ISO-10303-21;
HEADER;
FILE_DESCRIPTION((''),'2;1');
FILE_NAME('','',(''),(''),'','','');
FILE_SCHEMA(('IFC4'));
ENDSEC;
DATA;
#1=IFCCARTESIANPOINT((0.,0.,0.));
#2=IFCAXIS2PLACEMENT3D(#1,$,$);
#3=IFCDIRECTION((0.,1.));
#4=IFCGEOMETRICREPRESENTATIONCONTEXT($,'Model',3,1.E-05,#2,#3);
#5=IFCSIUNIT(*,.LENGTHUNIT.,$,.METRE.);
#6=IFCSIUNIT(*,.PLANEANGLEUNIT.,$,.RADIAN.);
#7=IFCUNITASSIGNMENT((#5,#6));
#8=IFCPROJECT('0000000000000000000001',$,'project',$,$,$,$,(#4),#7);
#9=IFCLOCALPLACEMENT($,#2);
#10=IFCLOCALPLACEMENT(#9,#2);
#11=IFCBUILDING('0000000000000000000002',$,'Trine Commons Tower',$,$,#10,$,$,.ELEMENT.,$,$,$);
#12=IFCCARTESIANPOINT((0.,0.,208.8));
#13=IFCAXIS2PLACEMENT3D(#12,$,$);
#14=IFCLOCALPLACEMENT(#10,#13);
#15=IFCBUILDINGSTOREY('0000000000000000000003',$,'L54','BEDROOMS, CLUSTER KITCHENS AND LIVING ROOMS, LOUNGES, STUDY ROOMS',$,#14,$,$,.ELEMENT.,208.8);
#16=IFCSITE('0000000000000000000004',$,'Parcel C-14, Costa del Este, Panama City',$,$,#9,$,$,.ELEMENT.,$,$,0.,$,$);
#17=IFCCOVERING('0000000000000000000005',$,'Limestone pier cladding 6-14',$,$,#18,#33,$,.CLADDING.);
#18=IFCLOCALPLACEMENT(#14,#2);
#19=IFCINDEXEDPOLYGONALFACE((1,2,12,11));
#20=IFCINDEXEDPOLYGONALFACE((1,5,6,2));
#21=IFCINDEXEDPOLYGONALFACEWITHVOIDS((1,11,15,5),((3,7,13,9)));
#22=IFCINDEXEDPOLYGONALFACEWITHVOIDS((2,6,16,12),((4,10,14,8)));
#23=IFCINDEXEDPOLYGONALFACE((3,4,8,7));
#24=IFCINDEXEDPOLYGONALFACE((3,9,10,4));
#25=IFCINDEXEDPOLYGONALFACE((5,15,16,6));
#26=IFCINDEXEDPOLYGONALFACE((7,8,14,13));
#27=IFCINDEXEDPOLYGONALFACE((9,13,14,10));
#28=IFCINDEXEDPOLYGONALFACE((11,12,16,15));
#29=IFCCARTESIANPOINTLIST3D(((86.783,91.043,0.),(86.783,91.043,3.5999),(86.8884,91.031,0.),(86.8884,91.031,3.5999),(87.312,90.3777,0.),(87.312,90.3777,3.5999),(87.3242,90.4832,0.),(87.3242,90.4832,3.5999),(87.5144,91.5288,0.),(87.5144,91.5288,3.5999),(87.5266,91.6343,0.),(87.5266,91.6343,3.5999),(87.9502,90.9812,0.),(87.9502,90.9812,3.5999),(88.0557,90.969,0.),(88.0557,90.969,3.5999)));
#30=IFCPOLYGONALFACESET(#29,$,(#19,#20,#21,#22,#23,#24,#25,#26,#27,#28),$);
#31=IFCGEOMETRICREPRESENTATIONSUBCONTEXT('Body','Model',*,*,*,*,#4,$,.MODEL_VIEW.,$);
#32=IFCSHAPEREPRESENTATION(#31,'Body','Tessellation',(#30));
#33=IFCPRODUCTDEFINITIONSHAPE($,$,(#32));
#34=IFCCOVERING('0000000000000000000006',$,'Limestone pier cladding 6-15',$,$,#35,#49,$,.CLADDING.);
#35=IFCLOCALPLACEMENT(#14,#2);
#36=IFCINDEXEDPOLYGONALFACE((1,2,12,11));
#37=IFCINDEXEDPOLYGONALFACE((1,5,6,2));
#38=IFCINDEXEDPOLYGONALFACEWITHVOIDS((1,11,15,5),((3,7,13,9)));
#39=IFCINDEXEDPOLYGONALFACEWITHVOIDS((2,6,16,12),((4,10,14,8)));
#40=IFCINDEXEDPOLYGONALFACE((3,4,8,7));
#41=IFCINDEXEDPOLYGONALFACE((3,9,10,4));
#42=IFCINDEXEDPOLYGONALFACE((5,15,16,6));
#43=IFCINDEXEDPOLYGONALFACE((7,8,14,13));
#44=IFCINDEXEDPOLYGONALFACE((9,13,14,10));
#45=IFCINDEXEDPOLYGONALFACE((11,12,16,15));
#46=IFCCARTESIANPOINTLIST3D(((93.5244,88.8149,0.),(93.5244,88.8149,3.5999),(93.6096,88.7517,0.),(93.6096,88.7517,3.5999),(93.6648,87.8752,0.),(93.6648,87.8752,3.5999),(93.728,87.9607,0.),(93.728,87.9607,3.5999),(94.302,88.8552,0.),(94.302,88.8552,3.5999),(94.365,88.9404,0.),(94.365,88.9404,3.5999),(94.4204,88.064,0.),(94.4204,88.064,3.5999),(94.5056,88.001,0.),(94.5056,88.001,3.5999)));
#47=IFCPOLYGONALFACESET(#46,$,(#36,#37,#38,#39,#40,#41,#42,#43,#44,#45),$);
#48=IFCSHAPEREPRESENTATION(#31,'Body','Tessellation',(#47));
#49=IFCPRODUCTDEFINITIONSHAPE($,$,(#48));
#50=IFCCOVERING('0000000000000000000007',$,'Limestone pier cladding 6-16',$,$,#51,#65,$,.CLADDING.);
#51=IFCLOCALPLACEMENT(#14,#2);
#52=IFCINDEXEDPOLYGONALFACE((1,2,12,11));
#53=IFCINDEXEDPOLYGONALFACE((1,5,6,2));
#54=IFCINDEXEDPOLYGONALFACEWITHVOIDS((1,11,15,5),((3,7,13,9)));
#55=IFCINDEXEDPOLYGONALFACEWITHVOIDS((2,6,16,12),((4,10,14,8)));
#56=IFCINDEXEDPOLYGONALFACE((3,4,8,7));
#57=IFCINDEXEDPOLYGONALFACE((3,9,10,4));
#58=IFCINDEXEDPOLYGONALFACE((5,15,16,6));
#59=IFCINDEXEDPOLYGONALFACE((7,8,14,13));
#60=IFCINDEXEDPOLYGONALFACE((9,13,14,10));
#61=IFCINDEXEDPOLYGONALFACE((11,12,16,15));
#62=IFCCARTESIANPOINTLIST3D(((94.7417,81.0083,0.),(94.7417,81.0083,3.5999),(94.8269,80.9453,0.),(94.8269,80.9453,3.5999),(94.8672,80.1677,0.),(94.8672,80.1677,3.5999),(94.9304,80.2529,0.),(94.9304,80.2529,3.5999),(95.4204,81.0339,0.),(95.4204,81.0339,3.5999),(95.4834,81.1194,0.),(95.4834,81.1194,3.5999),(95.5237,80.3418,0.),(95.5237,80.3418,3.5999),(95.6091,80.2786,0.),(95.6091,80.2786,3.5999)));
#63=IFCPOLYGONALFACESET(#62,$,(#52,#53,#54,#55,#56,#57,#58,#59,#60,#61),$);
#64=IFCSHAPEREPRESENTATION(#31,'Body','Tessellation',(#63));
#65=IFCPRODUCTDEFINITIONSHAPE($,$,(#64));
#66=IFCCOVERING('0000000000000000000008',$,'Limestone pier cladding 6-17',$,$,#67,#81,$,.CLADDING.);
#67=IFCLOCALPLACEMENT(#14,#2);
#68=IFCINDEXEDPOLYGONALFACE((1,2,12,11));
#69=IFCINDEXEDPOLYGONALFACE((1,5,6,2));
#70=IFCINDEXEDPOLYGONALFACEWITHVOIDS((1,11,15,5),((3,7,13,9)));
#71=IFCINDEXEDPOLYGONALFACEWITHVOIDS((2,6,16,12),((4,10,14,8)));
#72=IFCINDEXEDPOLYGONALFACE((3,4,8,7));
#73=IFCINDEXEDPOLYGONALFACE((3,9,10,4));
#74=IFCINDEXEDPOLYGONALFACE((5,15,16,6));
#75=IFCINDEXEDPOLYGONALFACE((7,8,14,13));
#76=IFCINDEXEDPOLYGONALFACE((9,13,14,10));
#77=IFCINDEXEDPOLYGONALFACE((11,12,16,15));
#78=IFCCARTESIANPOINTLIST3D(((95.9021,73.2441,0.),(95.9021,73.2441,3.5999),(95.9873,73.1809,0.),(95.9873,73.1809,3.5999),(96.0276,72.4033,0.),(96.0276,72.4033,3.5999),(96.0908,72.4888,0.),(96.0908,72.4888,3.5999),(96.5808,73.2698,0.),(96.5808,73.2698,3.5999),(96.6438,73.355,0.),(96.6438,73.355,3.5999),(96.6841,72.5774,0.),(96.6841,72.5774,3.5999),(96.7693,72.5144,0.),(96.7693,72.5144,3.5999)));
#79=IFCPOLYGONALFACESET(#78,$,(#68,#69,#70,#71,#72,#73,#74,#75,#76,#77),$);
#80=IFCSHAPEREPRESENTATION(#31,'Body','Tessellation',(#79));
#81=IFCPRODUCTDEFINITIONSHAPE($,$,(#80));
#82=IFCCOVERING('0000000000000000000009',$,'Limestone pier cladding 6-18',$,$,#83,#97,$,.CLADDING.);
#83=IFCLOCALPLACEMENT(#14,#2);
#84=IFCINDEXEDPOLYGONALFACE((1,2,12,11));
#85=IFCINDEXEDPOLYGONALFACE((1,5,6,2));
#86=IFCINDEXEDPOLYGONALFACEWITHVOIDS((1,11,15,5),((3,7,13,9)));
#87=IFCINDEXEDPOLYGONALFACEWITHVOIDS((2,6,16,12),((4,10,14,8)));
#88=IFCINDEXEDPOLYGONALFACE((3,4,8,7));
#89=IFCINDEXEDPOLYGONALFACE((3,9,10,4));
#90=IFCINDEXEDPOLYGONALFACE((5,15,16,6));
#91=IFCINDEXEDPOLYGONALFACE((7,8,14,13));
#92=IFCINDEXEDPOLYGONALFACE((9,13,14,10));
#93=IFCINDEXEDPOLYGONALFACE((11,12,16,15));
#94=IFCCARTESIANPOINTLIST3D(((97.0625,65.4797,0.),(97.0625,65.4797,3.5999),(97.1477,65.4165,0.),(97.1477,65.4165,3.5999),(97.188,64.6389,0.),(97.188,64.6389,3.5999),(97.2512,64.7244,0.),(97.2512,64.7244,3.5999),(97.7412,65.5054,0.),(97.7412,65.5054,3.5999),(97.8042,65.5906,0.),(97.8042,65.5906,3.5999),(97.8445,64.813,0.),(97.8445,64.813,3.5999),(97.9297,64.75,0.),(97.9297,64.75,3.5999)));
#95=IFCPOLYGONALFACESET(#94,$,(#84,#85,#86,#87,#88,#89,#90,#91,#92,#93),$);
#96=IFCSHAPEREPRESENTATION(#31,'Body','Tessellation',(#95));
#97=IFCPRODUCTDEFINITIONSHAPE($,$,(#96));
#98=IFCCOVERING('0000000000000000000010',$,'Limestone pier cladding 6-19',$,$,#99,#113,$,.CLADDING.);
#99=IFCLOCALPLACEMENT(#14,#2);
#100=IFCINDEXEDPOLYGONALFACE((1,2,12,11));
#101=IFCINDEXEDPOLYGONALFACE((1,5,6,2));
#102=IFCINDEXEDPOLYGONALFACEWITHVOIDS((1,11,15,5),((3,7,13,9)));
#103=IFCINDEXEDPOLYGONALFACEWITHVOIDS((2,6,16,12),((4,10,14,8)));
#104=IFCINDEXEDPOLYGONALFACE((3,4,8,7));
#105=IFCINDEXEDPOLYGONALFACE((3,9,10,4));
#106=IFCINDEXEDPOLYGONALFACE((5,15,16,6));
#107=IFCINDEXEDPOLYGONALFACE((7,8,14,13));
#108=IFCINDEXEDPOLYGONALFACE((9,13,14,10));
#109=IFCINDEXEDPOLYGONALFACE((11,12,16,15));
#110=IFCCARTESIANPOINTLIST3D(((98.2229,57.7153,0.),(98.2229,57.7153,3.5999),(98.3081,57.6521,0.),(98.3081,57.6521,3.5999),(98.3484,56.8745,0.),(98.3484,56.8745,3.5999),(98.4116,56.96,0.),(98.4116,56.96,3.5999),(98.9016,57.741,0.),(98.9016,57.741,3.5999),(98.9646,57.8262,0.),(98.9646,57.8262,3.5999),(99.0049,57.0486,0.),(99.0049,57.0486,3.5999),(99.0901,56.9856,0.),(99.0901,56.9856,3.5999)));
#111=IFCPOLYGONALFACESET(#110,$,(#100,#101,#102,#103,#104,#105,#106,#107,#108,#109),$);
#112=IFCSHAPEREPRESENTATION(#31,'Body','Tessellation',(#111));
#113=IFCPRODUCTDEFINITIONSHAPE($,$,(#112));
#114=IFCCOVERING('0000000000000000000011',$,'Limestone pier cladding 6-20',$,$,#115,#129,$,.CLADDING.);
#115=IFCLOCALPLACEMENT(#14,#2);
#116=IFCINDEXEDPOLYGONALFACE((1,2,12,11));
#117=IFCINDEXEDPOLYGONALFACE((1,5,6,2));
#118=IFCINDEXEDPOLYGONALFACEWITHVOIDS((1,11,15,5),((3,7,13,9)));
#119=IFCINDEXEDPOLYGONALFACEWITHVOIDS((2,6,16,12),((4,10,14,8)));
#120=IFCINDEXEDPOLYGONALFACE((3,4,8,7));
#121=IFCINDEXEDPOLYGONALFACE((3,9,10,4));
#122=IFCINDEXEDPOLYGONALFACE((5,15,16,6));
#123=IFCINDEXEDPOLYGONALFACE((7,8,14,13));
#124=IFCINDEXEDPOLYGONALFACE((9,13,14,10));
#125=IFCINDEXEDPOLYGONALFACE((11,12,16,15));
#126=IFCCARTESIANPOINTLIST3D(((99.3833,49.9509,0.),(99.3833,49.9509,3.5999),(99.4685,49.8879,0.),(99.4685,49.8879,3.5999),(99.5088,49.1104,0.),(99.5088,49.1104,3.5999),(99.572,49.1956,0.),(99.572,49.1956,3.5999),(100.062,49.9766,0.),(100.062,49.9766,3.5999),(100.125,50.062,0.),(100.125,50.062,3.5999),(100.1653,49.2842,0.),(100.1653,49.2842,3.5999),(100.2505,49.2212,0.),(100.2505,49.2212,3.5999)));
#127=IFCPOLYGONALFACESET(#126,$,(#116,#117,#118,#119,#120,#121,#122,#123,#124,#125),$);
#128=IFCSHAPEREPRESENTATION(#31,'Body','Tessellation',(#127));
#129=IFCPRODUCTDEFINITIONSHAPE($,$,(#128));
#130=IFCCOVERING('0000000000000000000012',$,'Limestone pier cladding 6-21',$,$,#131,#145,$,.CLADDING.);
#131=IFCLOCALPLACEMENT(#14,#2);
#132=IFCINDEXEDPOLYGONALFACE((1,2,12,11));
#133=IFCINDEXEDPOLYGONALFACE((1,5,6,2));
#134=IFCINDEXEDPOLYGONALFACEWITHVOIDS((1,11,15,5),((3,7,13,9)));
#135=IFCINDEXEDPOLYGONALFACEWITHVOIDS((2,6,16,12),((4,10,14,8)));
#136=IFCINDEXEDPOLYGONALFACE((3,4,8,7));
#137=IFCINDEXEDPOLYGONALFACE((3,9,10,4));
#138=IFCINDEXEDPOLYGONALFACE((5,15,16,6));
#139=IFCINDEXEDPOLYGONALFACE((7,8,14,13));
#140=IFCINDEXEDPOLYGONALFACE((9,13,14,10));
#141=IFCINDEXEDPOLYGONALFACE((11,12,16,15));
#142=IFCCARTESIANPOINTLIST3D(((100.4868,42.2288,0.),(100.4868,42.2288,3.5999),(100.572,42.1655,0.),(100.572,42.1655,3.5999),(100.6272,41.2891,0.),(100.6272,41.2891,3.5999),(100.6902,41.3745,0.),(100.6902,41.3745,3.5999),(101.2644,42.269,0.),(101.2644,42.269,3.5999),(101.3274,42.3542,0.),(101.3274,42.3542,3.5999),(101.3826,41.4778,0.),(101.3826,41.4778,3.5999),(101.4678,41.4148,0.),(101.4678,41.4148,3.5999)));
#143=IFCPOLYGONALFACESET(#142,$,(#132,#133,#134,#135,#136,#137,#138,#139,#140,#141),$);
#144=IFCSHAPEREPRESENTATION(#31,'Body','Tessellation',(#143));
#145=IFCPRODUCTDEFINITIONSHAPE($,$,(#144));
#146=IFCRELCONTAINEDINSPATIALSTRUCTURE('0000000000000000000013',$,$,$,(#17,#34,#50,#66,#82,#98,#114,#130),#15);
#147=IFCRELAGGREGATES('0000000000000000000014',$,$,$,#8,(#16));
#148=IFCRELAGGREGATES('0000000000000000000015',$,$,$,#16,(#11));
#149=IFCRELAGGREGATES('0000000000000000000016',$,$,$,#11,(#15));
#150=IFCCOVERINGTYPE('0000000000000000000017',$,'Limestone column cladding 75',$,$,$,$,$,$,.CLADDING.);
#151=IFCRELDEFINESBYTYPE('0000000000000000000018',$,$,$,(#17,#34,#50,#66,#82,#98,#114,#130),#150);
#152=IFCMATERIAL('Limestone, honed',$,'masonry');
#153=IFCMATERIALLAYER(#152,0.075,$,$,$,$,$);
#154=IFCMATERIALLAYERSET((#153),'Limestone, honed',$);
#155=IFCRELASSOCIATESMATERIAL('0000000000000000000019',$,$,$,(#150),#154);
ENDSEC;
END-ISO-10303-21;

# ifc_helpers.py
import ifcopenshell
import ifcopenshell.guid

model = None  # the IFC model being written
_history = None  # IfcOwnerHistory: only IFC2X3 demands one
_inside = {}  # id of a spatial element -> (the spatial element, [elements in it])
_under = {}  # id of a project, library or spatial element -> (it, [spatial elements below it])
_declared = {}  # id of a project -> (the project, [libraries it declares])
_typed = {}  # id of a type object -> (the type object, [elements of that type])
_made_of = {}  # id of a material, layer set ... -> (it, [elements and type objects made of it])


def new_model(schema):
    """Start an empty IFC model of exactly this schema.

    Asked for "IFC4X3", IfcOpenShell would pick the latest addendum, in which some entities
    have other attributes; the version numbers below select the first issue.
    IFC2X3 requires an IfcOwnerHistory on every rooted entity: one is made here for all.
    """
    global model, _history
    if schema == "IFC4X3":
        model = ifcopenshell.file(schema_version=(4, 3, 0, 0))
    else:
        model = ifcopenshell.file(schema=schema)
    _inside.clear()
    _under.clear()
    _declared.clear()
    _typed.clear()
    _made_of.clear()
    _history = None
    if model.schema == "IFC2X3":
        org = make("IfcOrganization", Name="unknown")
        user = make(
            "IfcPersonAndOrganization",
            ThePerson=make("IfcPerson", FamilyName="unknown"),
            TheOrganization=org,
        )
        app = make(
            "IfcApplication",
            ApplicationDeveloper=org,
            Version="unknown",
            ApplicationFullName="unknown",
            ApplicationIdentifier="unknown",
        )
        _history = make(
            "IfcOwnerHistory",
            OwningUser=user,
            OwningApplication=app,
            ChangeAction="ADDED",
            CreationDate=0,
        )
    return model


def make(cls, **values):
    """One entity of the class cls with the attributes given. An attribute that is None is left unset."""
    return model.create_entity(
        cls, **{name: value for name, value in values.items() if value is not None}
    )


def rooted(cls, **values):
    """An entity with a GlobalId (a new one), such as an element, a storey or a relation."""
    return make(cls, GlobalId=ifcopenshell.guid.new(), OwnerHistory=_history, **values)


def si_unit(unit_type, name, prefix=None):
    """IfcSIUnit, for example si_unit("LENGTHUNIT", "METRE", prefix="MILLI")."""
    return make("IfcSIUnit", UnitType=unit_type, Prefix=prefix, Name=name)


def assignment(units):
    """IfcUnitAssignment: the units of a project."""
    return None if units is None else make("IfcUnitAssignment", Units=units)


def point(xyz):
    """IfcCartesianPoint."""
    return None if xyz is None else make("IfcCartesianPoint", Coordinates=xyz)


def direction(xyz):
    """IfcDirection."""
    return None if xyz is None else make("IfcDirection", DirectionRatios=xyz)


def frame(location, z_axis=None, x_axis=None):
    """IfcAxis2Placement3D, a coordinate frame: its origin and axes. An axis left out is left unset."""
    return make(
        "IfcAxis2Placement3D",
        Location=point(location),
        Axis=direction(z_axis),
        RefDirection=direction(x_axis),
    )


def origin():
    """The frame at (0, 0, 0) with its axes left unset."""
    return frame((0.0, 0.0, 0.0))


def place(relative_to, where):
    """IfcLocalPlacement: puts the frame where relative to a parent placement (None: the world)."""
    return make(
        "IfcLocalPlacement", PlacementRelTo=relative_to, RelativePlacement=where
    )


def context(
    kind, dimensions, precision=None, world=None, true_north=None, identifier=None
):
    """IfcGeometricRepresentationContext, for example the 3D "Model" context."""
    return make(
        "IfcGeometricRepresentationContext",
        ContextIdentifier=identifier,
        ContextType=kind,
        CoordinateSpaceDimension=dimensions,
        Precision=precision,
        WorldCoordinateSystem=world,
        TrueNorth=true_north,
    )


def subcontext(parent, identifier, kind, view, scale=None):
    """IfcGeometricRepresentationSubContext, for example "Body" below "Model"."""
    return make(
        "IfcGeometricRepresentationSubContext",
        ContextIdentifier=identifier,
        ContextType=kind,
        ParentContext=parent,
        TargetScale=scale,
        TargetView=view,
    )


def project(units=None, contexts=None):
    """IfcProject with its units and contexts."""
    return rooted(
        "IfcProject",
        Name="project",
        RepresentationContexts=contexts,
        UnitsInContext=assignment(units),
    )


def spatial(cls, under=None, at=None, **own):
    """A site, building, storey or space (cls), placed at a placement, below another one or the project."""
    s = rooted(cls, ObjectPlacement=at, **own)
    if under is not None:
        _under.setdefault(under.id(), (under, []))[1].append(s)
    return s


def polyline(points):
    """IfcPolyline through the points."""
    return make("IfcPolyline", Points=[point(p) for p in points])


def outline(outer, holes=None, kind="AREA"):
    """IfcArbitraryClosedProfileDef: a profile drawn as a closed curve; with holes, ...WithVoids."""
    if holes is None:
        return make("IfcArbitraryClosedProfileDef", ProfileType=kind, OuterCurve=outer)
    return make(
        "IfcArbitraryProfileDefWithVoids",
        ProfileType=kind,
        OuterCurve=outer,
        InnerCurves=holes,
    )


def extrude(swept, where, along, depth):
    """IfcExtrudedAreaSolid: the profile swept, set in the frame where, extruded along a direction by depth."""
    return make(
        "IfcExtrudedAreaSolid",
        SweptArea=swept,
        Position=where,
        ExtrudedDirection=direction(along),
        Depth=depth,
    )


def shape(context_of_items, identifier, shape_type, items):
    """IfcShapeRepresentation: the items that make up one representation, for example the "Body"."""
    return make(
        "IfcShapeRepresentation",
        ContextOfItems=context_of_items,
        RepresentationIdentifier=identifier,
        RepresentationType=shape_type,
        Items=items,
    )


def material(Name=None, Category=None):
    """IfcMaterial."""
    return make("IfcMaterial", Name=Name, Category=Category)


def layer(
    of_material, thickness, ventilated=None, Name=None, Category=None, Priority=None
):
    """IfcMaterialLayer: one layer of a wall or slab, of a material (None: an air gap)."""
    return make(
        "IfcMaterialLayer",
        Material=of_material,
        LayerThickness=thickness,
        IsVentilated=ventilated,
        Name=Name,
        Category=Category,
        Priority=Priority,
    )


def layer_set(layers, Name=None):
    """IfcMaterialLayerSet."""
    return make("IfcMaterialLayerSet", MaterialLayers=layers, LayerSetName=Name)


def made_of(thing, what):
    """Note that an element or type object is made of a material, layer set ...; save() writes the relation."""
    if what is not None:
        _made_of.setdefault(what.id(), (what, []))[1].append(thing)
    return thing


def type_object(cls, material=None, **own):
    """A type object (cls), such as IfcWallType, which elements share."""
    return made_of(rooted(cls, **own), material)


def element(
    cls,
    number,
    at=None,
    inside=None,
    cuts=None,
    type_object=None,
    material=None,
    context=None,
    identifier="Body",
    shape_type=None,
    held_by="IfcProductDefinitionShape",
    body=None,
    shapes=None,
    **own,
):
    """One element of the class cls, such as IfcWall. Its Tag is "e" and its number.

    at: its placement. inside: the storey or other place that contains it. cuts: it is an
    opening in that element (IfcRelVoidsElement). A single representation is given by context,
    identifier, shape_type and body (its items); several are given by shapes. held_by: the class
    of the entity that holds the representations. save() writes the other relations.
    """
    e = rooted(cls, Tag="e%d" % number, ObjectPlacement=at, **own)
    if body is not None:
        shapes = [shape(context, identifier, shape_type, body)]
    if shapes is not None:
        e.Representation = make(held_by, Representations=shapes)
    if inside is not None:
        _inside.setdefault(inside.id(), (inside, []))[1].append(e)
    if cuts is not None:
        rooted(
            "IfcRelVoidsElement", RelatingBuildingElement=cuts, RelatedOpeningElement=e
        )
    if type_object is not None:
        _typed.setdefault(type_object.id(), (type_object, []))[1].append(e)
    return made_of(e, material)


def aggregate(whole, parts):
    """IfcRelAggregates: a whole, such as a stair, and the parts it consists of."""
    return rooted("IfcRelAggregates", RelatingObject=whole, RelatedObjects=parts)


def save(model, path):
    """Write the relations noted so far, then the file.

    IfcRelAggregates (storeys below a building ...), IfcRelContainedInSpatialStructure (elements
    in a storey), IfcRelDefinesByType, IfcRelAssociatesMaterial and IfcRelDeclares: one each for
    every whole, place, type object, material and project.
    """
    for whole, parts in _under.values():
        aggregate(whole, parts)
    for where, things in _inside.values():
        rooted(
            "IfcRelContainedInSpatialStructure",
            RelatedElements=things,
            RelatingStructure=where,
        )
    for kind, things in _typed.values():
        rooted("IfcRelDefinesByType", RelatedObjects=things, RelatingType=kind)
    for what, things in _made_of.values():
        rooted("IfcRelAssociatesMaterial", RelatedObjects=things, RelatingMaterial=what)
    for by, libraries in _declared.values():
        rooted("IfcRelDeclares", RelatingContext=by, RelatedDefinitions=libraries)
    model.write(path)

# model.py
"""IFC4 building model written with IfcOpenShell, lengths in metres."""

from ifc_helpers import new_model, si_unit, direction, frame, origin, place, context, subcontext, project, spatial, polyline, outline, extrude, material, layer, layer_set, type_object, element, save


model = new_model("IFC4")

# Units and contexts
model_context = context("Model", 3, precision=1e-05, world=origin(), true_north=direction((0.0, 1.0)))
body_context = subcontext(model_context, "Body", "Model", "MODEL_VIEW")
ifc_project = project(units=[si_unit("LENGTHUNIT", "METRE"), si_unit("PLANEANGLEUNIT", "RADIAN")], contexts=[model_context])

# Site, building, storey
site_placement = place(None, origin())
site = spatial("IfcSite", under=ifc_project, at=site_placement, Name="Parcel C-14, Costa del Este, Panama City", CompositionType="ELEMENT", RefElevation=0.0)
building_placement = place(site_placement, origin())
building = spatial("IfcBuilding", under=site, at=building_placement, Name="Trine Commons Tower", CompositionType="ELEMENT")
storey_placement = place(building_placement, frame((0.0, 0.0, 208.8)))
storey = spatial("IfcBuildingStorey", under=building, at=storey_placement, Name="L54", Description="BEDROOMS, CLUSTER KITCHENS AND LIVING ROOMS, LOUNGES, STUDY ROOMS", CompositionType="ELEMENT", Elevation=208.8)

# Coverings
ifc_material_1 = material(Name="Limestone, honed", Category="masonry")
ifc_layer_1 = layer(ifc_material_1, 0.075)
ifc_layer_set_1 = layer_set([ifc_layer_1], Name="Limestone, honed")
covering_type_1 = type_object("IfcCoveringType", Name="Limestone column cladding 75", PredefinedType="CLADDING", material=ifc_layer_set_1)
covering_1_placement = place(storey_placement, origin())
element("IfcCovering", 1, at=covering_1_placement, inside=storey, type_object=covering_type_1, Name="Limestone pier cladding 6-14", PredefinedType="CLADDING", context=body_context, shape_type="SweptSolid", body=[
    extrude(outline(polyline([(88.0557, 90.969), (87.5266, 91.6343), (86.783, 91.043), (87.312, 90.3777), (88.0557, 90.969)]), holes=[polyline([(87.9502, 90.9812), (87.5144, 91.5288), (86.8884, 91.031), (87.3242, 90.4832), (87.9502, 90.9812)])]), origin(), (0.0, 0.0, 1.0), 3.5999),
])
covering_2_placement = place(storey_placement, origin())
element("IfcCovering", 2, at=covering_2_placement, inside=storey, type_object=covering_type_1, Name="Limestone pier cladding 6-15", PredefinedType="CLADDING", context=body_context, shape_type="SweptSolid", body=[
    extrude(outline(polyline([(94.365, 88.9404), (93.5244, 88.8149), (93.6648, 87.8752), (94.5056, 88.001), (94.365, 88.9404)]), holes=[polyline([(94.302, 88.8552), (93.6096, 88.7517), (93.728, 87.9607), (94.4204, 88.064), (94.302, 88.8552)])]), origin(), (0.0, 0.0, 1.0), 3.5999),
])
covering_3_placement = place(storey_placement, origin())
element("IfcCovering", 3, at=covering_3_placement, inside=storey, type_object=covering_type_1, Name="Limestone pier cladding 6-16", PredefinedType="CLADDING", context=body_context, shape_type="SweptSolid", body=[
    extrude(outline(polyline([(95.4834, 81.1194), (94.7417, 81.0083), (94.8672, 80.1677), (95.6091, 80.2786), (95.4834, 81.1194)]), holes=[polyline([(95.4204, 81.0339), (94.8269, 80.9453), (94.9304, 80.2529), (95.5237, 80.3418), (95.4204, 81.0339)])]), origin(), (0.0, 0.0, 1.0), 3.5999),
])
covering_4_placement = place(storey_placement, origin())
element("IfcCovering", 4, at=covering_4_placement, inside=storey, type_object=covering_type_1, Name="Limestone pier cladding 6-17", PredefinedType="CLADDING", context=body_context, shape_type="SweptSolid", body=[
    extrude(outline(polyline([(96.6438, 73.355), (95.9021, 73.2441), (96.0276, 72.4033), (96.7693, 72.5144), (96.6438, 73.355)]), holes=[polyline([(96.5808, 73.2698), (95.9873, 73.1809), (96.0908, 72.4888), (96.6841, 72.5774), (96.5808, 73.2698)])]), origin(), (0.0, 0.0, 1.0), 3.5999),
])
covering_5_placement = place(storey_placement, origin())
element("IfcCovering", 5, at=covering_5_placement, inside=storey, type_object=covering_type_1, Name="Limestone pier cladding 6-18", PredefinedType="CLADDING", context=body_context, shape_type="SweptSolid", body=[
    extrude(outline(polyline([(97.8042, 65.5906), (97.0625, 65.4797), (97.188, 64.6389), (97.9297, 64.75), (97.8042, 65.5906)]), holes=[polyline([(97.7412, 65.5054), (97.1477, 65.4165), (97.2512, 64.7244), (97.8445, 64.813), (97.7412, 65.5054)])]), origin(), (0.0, 0.0, 1.0), 3.5999),
])
covering_6_placement = place(storey_placement, origin())
element("IfcCovering", 6, at=covering_6_placement, inside=storey, type_object=covering_type_1, Name="Limestone pier cladding 6-19", PredefinedType="CLADDING", context=body_context, shape_type="SweptSolid", body=[
    extrude(outline(polyline([(98.9646, 57.8262), (98.2229, 57.7153), (98.3484, 56.8745), (99.0901, 56.9856), (98.9646, 57.8262)]), holes=[polyline([(98.9016, 57.741), (98.3081, 57.6521), (98.4116, 56.96), (99.0049, 57.0486), (98.9016, 57.741)])]), origin(), (0.0, 0.0, 1.0), 3.5999),
])
covering_7_placement = place(storey_placement, origin())
element("IfcCovering", 7, at=covering_7_placement, inside=storey, type_object=covering_type_1, Name="Limestone pier cladding 6-20", PredefinedType="CLADDING", context=body_context, shape_type="SweptSolid", body=[
    extrude(outline(polyline([(100.125, 50.062), (99.3833, 49.9509), (99.5088, 49.1104), (100.2505, 49.2212), (100.125, 50.062)]), holes=[polyline([(100.062, 49.9766), (99.4685, 49.8879), (99.572, 49.1956), (100.1653, 49.2842), (100.062, 49.9766)])]), origin(), (0.0, 0.0, 1.0), 3.5999),
])
covering_8_placement = place(storey_placement, origin())
element("IfcCovering", 8, at=covering_8_placement, inside=storey, type_object=covering_type_1, Name="Limestone pier cladding 6-21", PredefinedType="CLADDING", context=body_context, shape_type="SweptSolid", body=[
    extrude(outline(polyline([(101.3274, 42.3542), (100.4868, 42.2288), (100.6272, 41.2891), (101.4678, 41.4148), (101.3274, 42.3542)]), holes=[polyline([(101.2644, 42.269), (100.572, 42.1655), (100.6902, 41.3745), (101.3826, 41.4778), (101.2644, 42.269)])]), origin(), (0.0, 0.0, 1.0), 3.5999),
])

save(model, "model.ifc")
